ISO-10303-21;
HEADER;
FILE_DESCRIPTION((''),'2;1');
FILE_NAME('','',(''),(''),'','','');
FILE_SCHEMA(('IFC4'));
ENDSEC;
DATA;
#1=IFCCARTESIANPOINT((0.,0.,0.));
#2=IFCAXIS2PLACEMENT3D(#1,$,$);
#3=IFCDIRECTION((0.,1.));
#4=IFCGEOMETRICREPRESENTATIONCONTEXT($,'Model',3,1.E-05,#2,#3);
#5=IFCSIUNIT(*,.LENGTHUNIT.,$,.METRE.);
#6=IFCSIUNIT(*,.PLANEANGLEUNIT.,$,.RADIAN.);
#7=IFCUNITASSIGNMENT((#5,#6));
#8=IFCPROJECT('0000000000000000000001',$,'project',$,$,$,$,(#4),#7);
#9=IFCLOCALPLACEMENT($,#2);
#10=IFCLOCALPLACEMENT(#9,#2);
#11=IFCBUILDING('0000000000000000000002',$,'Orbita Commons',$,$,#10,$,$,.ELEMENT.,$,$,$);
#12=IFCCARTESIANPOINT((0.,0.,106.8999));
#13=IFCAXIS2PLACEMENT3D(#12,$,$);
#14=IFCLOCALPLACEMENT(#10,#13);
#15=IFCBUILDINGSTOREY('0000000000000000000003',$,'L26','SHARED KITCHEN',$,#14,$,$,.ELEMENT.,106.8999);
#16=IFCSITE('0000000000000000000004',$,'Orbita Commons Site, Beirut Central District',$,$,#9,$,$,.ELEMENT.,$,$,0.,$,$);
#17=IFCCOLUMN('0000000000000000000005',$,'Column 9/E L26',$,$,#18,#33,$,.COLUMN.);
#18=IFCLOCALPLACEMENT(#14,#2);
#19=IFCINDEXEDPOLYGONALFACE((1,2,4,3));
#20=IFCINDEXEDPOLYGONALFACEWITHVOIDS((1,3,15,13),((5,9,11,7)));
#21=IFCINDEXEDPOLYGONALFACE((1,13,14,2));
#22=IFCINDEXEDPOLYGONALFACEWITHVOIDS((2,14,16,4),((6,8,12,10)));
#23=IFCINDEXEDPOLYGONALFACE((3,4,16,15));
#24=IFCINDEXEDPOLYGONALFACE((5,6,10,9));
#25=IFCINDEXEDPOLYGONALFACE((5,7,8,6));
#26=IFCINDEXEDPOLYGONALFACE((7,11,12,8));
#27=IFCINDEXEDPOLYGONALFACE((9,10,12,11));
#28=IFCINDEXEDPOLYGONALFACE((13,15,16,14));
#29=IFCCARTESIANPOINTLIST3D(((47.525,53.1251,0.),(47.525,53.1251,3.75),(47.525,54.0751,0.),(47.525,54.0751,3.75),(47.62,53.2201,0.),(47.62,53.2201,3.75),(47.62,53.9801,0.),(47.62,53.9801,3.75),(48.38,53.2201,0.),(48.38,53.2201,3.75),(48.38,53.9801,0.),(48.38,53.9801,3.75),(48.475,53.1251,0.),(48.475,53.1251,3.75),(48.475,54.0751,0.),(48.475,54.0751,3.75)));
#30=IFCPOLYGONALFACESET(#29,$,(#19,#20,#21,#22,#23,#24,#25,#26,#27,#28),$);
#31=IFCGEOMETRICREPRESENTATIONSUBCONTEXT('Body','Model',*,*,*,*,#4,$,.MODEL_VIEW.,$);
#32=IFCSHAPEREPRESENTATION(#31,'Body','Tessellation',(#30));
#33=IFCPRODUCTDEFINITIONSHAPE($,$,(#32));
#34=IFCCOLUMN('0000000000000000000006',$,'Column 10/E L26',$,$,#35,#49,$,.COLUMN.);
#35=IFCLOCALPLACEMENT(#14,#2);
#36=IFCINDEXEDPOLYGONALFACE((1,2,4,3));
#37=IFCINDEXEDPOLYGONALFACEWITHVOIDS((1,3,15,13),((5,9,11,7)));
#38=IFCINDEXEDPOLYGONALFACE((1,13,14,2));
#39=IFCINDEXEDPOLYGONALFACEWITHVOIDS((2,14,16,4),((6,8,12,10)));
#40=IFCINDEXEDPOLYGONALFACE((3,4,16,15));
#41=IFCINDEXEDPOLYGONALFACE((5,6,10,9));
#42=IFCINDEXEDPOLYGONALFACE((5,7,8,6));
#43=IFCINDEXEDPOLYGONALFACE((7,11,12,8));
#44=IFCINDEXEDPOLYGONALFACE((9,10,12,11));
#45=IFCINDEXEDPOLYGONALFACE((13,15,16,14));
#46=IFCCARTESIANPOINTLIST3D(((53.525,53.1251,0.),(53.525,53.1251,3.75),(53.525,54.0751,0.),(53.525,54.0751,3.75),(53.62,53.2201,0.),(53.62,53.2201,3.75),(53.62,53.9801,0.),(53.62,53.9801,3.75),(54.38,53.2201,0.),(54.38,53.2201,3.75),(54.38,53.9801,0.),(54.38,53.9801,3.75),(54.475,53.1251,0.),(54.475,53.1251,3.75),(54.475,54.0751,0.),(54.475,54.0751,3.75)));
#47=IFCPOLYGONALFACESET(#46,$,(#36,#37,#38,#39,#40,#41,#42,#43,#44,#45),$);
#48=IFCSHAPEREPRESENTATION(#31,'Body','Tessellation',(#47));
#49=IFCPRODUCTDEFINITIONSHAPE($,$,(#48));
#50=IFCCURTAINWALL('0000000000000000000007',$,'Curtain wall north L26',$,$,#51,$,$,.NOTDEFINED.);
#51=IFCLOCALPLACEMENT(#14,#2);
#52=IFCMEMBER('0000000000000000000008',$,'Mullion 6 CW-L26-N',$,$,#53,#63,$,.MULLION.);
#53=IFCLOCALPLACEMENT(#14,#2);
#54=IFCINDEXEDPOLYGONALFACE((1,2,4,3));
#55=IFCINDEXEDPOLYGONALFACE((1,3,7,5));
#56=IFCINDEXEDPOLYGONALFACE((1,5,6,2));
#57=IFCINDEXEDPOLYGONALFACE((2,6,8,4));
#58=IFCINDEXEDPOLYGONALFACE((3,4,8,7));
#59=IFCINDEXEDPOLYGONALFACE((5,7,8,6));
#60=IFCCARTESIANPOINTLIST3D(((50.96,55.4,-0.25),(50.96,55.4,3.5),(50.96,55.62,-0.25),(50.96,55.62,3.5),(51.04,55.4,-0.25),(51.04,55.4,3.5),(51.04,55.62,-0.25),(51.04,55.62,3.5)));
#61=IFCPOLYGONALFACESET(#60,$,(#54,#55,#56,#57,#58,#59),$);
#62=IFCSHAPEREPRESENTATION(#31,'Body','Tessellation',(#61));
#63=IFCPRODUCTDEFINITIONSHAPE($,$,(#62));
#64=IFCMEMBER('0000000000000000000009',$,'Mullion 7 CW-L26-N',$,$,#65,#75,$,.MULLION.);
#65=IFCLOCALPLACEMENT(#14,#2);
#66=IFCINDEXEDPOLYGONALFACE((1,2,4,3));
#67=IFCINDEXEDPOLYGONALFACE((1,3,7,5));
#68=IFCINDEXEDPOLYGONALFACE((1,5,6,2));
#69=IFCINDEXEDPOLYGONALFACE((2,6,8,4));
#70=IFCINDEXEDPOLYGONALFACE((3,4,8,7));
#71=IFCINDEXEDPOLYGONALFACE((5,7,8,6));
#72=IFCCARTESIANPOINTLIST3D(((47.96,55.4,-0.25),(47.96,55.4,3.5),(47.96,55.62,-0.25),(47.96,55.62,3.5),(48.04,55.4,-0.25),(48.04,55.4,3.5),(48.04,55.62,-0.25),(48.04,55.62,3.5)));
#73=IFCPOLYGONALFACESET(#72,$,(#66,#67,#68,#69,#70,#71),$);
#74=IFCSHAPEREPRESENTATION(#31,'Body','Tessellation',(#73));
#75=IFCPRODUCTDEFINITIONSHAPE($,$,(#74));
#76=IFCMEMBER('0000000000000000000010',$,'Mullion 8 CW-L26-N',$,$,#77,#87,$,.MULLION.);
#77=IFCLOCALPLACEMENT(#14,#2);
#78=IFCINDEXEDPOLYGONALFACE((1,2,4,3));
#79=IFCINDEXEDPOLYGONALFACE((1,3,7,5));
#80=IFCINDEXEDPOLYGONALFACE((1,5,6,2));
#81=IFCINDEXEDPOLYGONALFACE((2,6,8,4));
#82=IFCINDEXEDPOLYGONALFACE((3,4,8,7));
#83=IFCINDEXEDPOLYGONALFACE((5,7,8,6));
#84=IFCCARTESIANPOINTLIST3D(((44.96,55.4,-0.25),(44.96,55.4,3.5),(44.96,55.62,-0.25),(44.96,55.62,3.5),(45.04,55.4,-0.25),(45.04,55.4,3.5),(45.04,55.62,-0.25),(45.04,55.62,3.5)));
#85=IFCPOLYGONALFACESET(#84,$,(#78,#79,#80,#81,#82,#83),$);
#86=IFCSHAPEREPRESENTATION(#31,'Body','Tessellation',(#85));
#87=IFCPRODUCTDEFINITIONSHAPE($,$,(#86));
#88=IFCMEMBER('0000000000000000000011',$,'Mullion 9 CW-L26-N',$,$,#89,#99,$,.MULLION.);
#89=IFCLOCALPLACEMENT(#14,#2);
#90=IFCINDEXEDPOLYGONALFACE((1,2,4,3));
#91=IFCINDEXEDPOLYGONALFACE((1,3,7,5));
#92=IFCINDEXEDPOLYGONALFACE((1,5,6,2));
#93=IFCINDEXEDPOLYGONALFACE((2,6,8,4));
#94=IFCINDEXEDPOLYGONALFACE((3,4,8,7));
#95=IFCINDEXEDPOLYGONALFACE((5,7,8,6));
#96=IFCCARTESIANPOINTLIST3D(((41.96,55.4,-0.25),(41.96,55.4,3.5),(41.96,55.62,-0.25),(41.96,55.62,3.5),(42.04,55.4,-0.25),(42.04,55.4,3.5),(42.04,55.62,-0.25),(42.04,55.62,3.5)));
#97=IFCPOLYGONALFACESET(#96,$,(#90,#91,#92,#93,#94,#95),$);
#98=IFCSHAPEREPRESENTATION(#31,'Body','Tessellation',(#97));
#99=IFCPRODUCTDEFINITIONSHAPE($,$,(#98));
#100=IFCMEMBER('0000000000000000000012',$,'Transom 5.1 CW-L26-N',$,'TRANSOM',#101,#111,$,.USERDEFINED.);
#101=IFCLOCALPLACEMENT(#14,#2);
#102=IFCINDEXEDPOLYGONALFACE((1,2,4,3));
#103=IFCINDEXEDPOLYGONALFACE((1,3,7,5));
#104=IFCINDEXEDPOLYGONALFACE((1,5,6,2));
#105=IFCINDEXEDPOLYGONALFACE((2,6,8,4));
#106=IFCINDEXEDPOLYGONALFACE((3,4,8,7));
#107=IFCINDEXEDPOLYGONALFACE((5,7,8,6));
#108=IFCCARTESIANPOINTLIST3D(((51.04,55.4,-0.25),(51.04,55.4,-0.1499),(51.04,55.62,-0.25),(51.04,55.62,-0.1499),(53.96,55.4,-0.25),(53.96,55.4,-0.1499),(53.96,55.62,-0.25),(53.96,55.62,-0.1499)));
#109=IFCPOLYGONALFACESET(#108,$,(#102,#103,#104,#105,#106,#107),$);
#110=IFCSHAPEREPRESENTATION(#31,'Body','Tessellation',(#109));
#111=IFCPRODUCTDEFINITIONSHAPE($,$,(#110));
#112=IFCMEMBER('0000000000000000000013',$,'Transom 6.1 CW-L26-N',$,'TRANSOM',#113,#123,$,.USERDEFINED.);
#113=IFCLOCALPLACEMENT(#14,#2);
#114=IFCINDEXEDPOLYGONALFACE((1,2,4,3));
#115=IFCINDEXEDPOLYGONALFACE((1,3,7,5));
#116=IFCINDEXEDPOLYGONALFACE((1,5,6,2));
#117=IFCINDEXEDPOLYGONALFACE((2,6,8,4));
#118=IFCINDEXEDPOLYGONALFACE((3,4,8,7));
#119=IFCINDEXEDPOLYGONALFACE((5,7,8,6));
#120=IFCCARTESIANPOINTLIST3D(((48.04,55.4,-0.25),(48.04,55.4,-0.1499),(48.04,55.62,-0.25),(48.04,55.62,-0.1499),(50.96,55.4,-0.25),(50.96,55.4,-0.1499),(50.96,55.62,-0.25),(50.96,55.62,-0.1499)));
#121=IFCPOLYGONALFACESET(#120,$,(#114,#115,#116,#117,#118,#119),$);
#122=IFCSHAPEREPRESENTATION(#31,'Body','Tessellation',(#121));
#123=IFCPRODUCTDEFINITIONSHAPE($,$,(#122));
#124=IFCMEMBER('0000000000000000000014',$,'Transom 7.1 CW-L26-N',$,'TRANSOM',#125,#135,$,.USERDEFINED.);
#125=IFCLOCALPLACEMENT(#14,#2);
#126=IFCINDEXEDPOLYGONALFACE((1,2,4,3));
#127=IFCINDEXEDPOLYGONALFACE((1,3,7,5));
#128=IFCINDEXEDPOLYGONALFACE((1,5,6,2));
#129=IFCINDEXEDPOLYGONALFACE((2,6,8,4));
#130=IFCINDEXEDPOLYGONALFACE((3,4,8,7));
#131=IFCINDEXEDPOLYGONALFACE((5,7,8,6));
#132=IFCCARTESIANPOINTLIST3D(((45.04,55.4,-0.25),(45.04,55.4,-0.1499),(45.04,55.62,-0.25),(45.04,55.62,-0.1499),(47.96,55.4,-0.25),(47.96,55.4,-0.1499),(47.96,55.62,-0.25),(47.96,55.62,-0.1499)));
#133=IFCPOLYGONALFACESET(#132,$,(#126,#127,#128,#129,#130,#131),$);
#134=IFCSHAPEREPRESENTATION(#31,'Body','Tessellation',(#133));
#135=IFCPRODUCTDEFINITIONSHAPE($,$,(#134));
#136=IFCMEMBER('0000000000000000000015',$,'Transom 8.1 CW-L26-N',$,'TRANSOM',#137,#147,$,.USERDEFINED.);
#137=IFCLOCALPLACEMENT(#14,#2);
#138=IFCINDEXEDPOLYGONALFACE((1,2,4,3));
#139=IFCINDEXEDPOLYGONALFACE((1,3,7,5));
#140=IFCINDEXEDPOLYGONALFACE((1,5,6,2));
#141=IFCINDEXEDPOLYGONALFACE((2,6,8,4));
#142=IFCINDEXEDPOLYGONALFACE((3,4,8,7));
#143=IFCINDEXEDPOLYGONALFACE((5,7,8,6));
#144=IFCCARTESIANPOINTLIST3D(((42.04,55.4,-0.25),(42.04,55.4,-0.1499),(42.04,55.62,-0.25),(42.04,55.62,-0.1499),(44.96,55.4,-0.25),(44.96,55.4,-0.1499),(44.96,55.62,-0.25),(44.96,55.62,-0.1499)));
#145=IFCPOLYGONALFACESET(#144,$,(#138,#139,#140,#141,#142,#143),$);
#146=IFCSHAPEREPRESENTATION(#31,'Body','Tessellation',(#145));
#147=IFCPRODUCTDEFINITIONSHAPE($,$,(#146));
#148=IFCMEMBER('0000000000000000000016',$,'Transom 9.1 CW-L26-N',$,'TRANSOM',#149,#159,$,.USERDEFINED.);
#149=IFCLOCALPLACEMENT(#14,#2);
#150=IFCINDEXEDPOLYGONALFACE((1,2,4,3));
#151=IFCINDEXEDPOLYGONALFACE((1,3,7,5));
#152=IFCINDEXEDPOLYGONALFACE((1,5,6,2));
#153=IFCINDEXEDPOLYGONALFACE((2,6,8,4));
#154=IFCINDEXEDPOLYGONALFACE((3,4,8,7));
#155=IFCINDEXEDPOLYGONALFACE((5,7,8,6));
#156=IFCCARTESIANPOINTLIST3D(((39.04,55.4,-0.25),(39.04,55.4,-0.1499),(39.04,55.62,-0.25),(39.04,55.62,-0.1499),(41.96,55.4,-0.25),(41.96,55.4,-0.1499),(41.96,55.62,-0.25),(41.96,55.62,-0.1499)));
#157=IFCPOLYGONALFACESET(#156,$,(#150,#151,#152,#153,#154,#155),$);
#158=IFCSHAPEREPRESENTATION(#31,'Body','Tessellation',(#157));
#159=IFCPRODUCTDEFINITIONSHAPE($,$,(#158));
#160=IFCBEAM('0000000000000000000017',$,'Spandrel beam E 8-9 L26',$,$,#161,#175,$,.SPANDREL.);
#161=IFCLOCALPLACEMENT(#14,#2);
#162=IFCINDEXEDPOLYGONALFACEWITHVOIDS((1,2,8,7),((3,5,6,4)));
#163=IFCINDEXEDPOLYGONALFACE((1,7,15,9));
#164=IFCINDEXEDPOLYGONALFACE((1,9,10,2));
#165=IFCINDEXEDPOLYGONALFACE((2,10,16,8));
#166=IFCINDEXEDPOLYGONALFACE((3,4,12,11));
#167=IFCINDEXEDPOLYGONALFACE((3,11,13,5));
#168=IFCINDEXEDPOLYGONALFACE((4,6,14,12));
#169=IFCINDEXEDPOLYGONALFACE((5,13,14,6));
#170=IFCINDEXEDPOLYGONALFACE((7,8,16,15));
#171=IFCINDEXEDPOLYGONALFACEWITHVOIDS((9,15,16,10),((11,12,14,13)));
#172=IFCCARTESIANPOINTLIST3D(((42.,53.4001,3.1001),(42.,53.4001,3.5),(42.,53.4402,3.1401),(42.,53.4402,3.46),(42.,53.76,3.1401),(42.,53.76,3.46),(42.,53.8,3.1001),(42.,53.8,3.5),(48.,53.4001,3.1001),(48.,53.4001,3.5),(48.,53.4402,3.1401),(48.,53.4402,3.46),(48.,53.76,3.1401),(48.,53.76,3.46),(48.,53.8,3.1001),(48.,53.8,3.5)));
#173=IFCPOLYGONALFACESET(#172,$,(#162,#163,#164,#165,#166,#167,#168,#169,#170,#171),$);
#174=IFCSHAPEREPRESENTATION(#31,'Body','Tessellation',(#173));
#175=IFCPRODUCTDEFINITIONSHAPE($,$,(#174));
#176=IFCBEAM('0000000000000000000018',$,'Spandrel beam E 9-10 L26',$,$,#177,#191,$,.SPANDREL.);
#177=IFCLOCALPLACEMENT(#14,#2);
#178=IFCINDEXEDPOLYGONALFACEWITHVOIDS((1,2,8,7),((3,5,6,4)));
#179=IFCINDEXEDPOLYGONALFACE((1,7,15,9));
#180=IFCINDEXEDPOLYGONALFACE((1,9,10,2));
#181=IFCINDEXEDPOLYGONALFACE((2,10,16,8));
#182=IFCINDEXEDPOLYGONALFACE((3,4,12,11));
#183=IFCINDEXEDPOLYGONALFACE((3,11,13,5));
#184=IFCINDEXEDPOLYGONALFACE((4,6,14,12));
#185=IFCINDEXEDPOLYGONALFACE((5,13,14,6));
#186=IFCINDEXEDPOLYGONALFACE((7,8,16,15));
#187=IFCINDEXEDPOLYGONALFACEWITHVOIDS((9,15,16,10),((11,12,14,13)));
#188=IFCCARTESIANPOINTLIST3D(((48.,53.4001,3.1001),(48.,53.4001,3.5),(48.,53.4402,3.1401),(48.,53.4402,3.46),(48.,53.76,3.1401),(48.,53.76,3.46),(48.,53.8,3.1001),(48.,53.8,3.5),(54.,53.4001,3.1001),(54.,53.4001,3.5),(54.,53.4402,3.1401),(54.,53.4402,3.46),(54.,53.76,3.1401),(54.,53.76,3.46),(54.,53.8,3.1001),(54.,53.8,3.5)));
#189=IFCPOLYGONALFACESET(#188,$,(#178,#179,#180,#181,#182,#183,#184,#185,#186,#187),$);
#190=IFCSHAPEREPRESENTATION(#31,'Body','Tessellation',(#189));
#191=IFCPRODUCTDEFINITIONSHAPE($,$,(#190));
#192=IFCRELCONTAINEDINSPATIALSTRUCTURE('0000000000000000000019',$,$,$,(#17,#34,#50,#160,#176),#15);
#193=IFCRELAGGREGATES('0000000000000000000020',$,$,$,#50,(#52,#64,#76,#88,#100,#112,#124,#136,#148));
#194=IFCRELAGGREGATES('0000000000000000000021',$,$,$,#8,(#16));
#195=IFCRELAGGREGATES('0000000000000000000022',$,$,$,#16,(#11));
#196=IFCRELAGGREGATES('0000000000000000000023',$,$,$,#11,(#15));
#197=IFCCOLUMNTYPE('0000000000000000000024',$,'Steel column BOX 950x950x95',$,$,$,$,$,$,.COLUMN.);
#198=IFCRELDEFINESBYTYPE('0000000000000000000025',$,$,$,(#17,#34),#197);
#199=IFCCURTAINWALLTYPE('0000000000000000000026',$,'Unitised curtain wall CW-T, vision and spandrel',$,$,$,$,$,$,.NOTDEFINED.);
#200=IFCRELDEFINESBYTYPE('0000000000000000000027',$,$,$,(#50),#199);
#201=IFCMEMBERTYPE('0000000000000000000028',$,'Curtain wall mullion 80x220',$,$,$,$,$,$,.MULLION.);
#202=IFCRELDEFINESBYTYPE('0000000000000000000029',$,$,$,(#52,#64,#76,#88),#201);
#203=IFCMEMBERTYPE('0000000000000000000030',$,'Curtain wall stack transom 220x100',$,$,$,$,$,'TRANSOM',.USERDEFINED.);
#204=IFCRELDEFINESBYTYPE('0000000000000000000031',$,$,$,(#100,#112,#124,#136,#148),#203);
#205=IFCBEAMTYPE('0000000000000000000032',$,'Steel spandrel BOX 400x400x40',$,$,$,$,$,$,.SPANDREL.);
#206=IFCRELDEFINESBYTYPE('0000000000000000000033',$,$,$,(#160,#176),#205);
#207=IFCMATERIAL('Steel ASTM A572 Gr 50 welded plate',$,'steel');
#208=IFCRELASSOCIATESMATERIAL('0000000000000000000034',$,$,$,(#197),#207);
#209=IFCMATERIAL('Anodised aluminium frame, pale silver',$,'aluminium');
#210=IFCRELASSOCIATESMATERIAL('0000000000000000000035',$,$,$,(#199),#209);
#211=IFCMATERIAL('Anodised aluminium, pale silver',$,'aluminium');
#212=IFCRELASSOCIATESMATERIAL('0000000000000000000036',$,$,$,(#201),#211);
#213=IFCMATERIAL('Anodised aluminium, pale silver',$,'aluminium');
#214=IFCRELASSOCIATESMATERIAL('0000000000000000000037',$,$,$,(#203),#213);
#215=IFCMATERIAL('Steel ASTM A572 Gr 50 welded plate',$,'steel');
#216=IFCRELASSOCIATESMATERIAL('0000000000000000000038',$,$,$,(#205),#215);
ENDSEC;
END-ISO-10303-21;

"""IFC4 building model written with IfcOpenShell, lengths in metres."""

from ifc_helpers import new_model, si_unit, direction, frame, origin, origin_2d, place, context, subcontext, project, spatial, rectangle, hollow_rectangle, extrude, material, material_profile, profile_set, type_object, element, aggregate, save


model = new_model("IFC4")

# Units and contexts
model_context = context("Model", 3, precision=1e-05, world=origin(), true_north=direction((0.0, 1.0)))
body_context = subcontext(model_context, "Body", "Model", "MODEL_VIEW")
ifc_project = project(units=[si_unit("LENGTHUNIT", "METRE"), si_unit("PLANEANGLEUNIT", "RADIAN")], contexts=[model_context])

# Site, building, storey
site_placement = place(None, origin())
site = spatial("IfcSite", under=ifc_project, at=site_placement, Name="Orbita Commons Site, Beirut Central District", CompositionType="ELEMENT", RefElevation=0.0)
building_placement = place(site_placement, origin())
building = spatial("IfcBuilding", under=site, at=building_placement, Name="Orbita Commons", CompositionType="ELEMENT")
storey_placement = place(building_placement, frame((0.0, 0.0, 106.8999)))
storey = spatial("IfcBuildingStorey", under=building, at=storey_placement, Name="L26", Description="SHARED KITCHEN", CompositionType="ELEMENT", Elevation=106.8999)

# Columns
ifc_material_1 = material(Name="Steel ASTM A572 Gr 50 welded plate", Category="steel")
ifc_material_profile_1 = material_profile(ifc_material_1, hollow_rectangle(XDim=0.95, YDim=0.95, WallThickness=0.095, at=origin_2d()), Name="BOX 950x950x95")
ifc_profile_set_1 = profile_set([ifc_material_profile_1], Name="Steel ASTM A572 Gr 50 welded plate")
column_type = type_object("IfcColumnType", Name="Steel column BOX 950x950x95", PredefinedType="COLUMN", material=ifc_profile_set_1)
for number, where, z_axis, x_axis, name in (
    (1, (48.0, 53.6001, 0.0), (0.0, 0.0, 1.0), (1.0, 0.0, 0.0), "Column 9/E L26"),
    (2, (54.0, 53.6001, 0.0), (0.0, 0.0, 1.0), (1.0, 0.0, 0.0), "Column 10/E L26"),
):
    element("IfcColumn", number, at=place(storey_placement, frame(where, z_axis=z_axis, x_axis=x_axis)), inside=storey, type_object=column_type, Name=name, PredefinedType="COLUMN", context=body_context, shape_type="SweptSolid", body=[
        extrude(hollow_rectangle(XDim=0.95, YDim=0.95, WallThickness=0.095, at=origin_2d()), origin(), (0.0, 0.0, 1.0), 3.75),
    ])

# Curtain wall, members
ifc_material_2 = material(Name="Anodised aluminium frame, pale silver", Category="aluminium")
curtain_wall_type = type_object("IfcCurtainWallType", Name="Unitised curtain wall CW-T, vision and spandrel", PredefinedType="NOTDEFINED", material=ifc_material_2)
curtain_wall_placement = place(storey_placement, origin())
curtain_wall = element("IfcCurtainWall", 3, at=curtain_wall_placement, inside=storey, type_object=curtain_wall_type, Name="Curtain wall north L26", PredefinedType="NOTDEFINED")
ifc_material_3 = material(Name="Anodised aluminium, pale silver", Category="aluminium")
ifc_material_profile_2 = material_profile(ifc_material_3, rectangle(XDim=0.0801, YDim=0.22, at=origin_2d()), Name="AL 80x220")
ifc_profile_set_2 = profile_set([ifc_material_profile_2], Name="Anodised aluminium, pale silver")
member_type_1 = type_object("IfcMemberType", Name="Curtain wall mullion 80x220", PredefinedType="MULLION", material=ifc_profile_set_2)
member_1_placement = place(storey_placement, frame((51.0, 55.51, -0.25), z_axis=(0.0, 0.0, 1.0), x_axis=(-1.0, 0.0, 0.0)))
member_1 = element("IfcMember", 4, at=member_1_placement, type_object=member_type_1, Name="Mullion 6 CW-L26-N", PredefinedType="MULLION", context=body_context, shape_type="SweptSolid", body=[
    extrude(rectangle(XDim=0.0801, YDim=0.22, at=origin_2d()), origin(), (0.0, 0.0, 1.0), 3.75),
])
member_2_placement = place(storey_placement, frame((48.0, 55.51, -0.25), z_axis=(0.0, 0.0, 1.0), x_axis=(-1.0, 0.0, 0.0)))
member_2 = element("IfcMember", 5, at=member_2_placement, type_object=member_type_1, Name="Mullion 7 CW-L26-N", PredefinedType="MULLION", context=body_context, shape_type="SweptSolid", body=[
    extrude(rectangle(XDim=0.0801, YDim=0.22, at=origin_2d()), origin(), (0.0, 0.0, 1.0), 3.75),
])
member_3_placement = place(storey_placement, frame((45.0, 55.51, -0.25), z_axis=(0.0, 0.0, 1.0), x_axis=(-1.0, 0.0, 0.0)))
member_3 = element("IfcMember", 6, at=member_3_placement, type_object=member_type_1, Name="Mullion 8 CW-L26-N", PredefinedType="MULLION", context=body_context, shape_type="SweptSolid", body=[
    extrude(rectangle(XDim=0.0801, YDim=0.22, at=origin_2d()), origin(), (0.0, 0.0, 1.0), 3.75),
])
member_4_placement = place(storey_placement, frame((42.0, 55.51, -0.25), z_axis=(0.0, 0.0, 1.0), x_axis=(-1.0, 0.0, 0.0)))
member_4 = element("IfcMember", 7, at=member_4_placement, type_object=member_type_1, Name="Mullion 9 CW-L26-N", PredefinedType="MULLION", context=body_context, shape_type="SweptSolid", body=[
    extrude(rectangle(XDim=0.0801, YDim=0.22, at=origin_2d()), origin(), (0.0, 0.0, 1.0), 3.75),
])
ifc_material_4 = material(Name="Anodised aluminium, pale silver", Category="aluminium")
ifc_material_profile_3 = material_profile(ifc_material_4, rectangle(XDim=0.22, YDim=0.1001, at=origin_2d()), Name="AL 220x100")
ifc_profile_set_3 = profile_set([ifc_material_profile_3], Name="Anodised aluminium, pale silver")
member_type_2 = type_object("IfcMemberType", Name="Curtain wall stack transom 220x100", ElementType="TRANSOM", PredefinedType="USERDEFINED", material=ifc_profile_set_3)
member_5_placement = place(storey_placement, frame((53.96, 55.51, -0.2), z_axis=(-1.0, 0.0, 0.0), x_axis=(0.0, -1.0, 0.0)))
member_5 = element("IfcMember", 8, at=member_5_placement, type_object=member_type_2, Name="Transom 5.1 CW-L26-N", ObjectType="TRANSOM", PredefinedType="USERDEFINED", context=body_context, shape_type="SweptSolid", body=[
    extrude(rectangle(XDim=0.22, YDim=0.1001, at=origin_2d()), origin(), (0.0, 0.0, 1.0), 2.9199),
])
member_6_placement = place(storey_placement, frame((50.96, 55.51, -0.2), z_axis=(-1.0, 0.0, 0.0), x_axis=(0.0, -1.0, 0.0)))
member_6 = element("IfcMember", 9, at=member_6_placement, type_object=member_type_2, Name="Transom 6.1 CW-L26-N", ObjectType="TRANSOM", PredefinedType="USERDEFINED", context=body_context, shape_type="SweptSolid", body=[
    extrude(rectangle(XDim=0.22, YDim=0.1001, at=origin_2d()), origin(), (0.0, 0.0, 1.0), 2.9199),
])
member_7_placement = place(storey_placement, frame((47.96, 55.51, -0.2), z_axis=(-1.0, 0.0, 0.0), x_axis=(0.0, -1.0, 0.0)))
member_7 = element("IfcMember", 10, at=member_7_placement, type_object=member_type_2, Name="Transom 7.1 CW-L26-N", ObjectType="TRANSOM", PredefinedType="USERDEFINED", context=body_context, shape_type="SweptSolid", body=[
    extrude(rectangle(XDim=0.22, YDim=0.1001, at=origin_2d()), origin(), (0.0, 0.0, 1.0), 2.9199),
])
member_8_placement = place(storey_placement, frame((44.96, 55.51, -0.2), z_axis=(-1.0, 0.0, 0.0), x_axis=(0.0, -1.0, 0.0)))
member_8 = element("IfcMember", 11, at=member_8_placement, type_object=member_type_2, Name="Transom 8.1 CW-L26-N", ObjectType="TRANSOM", PredefinedType="USERDEFINED", context=body_context, shape_type="SweptSolid", body=[
    extrude(rectangle(XDim=0.22, YDim=0.1001, at=origin_2d()), origin(), (0.0, 0.0, 1.0), 2.9199),
])
member_9_placement = place(storey_placement, frame((41.96, 55.51, -0.2), z_axis=(-1.0, 0.0, 0.0), x_axis=(0.0, -1.0, 0.0)))
member_9 = element("IfcMember", 12, at=member_9_placement, type_object=member_type_2, Name="Transom 9.1 CW-L26-N", ObjectType="TRANSOM", PredefinedType="USERDEFINED", context=body_context, shape_type="SweptSolid", body=[
    extrude(rectangle(XDim=0.22, YDim=0.1001, at=origin_2d()), origin(), (0.0, 0.0, 1.0), 2.9199),
])

# Beams
ifc_material_5 = material(Name="Steel ASTM A572 Gr 50 welded plate", Category="steel")
ifc_material_profile_4 = material_profile(ifc_material_5, hollow_rectangle(XDim=0.3999, YDim=0.3999, WallThickness=0.04, at=origin_2d()), Name="BOX 400x400x40")
ifc_profile_set_4 = profile_set([ifc_material_profile_4], Name="Steel ASTM A572 Gr 50 welded plate")
beam_type = type_object("IfcBeamType", Name="Steel spandrel BOX 400x400x40", PredefinedType="SPANDREL", material=ifc_profile_set_4)
for number, where, z_axis, x_axis, name in (
    (13, (42.0, 53.6001, 3.3), (1.0, 0.0, 0.0), (0.0, 1.0, 0.0), "Spandrel beam E 8-9 L26"),
    (14, (48.0, 53.6001, 3.3), (1.0, 0.0, 0.0), (0.0, 1.0, 0.0), "Spandrel beam E 9-10 L26"),
):
    element("IfcBeam", number, at=place(storey_placement, frame(where, z_axis=z_axis, x_axis=x_axis)), inside=storey, type_object=beam_type, Name=name, PredefinedType="SPANDREL", context=body_context, shape_type="SweptSolid", body=[
        extrude(hollow_rectangle(XDim=0.3999, YDim=0.3999, WallThickness=0.04, at=origin_2d()), origin(), (0.0, 0.0, 1.0), 6.0),
    ])

aggregate(curtain_wall, [member_1, member_2, member_3, member_4, member_5, member_6, member_7, member_8, member_9])

save(model, "model.ifc")
